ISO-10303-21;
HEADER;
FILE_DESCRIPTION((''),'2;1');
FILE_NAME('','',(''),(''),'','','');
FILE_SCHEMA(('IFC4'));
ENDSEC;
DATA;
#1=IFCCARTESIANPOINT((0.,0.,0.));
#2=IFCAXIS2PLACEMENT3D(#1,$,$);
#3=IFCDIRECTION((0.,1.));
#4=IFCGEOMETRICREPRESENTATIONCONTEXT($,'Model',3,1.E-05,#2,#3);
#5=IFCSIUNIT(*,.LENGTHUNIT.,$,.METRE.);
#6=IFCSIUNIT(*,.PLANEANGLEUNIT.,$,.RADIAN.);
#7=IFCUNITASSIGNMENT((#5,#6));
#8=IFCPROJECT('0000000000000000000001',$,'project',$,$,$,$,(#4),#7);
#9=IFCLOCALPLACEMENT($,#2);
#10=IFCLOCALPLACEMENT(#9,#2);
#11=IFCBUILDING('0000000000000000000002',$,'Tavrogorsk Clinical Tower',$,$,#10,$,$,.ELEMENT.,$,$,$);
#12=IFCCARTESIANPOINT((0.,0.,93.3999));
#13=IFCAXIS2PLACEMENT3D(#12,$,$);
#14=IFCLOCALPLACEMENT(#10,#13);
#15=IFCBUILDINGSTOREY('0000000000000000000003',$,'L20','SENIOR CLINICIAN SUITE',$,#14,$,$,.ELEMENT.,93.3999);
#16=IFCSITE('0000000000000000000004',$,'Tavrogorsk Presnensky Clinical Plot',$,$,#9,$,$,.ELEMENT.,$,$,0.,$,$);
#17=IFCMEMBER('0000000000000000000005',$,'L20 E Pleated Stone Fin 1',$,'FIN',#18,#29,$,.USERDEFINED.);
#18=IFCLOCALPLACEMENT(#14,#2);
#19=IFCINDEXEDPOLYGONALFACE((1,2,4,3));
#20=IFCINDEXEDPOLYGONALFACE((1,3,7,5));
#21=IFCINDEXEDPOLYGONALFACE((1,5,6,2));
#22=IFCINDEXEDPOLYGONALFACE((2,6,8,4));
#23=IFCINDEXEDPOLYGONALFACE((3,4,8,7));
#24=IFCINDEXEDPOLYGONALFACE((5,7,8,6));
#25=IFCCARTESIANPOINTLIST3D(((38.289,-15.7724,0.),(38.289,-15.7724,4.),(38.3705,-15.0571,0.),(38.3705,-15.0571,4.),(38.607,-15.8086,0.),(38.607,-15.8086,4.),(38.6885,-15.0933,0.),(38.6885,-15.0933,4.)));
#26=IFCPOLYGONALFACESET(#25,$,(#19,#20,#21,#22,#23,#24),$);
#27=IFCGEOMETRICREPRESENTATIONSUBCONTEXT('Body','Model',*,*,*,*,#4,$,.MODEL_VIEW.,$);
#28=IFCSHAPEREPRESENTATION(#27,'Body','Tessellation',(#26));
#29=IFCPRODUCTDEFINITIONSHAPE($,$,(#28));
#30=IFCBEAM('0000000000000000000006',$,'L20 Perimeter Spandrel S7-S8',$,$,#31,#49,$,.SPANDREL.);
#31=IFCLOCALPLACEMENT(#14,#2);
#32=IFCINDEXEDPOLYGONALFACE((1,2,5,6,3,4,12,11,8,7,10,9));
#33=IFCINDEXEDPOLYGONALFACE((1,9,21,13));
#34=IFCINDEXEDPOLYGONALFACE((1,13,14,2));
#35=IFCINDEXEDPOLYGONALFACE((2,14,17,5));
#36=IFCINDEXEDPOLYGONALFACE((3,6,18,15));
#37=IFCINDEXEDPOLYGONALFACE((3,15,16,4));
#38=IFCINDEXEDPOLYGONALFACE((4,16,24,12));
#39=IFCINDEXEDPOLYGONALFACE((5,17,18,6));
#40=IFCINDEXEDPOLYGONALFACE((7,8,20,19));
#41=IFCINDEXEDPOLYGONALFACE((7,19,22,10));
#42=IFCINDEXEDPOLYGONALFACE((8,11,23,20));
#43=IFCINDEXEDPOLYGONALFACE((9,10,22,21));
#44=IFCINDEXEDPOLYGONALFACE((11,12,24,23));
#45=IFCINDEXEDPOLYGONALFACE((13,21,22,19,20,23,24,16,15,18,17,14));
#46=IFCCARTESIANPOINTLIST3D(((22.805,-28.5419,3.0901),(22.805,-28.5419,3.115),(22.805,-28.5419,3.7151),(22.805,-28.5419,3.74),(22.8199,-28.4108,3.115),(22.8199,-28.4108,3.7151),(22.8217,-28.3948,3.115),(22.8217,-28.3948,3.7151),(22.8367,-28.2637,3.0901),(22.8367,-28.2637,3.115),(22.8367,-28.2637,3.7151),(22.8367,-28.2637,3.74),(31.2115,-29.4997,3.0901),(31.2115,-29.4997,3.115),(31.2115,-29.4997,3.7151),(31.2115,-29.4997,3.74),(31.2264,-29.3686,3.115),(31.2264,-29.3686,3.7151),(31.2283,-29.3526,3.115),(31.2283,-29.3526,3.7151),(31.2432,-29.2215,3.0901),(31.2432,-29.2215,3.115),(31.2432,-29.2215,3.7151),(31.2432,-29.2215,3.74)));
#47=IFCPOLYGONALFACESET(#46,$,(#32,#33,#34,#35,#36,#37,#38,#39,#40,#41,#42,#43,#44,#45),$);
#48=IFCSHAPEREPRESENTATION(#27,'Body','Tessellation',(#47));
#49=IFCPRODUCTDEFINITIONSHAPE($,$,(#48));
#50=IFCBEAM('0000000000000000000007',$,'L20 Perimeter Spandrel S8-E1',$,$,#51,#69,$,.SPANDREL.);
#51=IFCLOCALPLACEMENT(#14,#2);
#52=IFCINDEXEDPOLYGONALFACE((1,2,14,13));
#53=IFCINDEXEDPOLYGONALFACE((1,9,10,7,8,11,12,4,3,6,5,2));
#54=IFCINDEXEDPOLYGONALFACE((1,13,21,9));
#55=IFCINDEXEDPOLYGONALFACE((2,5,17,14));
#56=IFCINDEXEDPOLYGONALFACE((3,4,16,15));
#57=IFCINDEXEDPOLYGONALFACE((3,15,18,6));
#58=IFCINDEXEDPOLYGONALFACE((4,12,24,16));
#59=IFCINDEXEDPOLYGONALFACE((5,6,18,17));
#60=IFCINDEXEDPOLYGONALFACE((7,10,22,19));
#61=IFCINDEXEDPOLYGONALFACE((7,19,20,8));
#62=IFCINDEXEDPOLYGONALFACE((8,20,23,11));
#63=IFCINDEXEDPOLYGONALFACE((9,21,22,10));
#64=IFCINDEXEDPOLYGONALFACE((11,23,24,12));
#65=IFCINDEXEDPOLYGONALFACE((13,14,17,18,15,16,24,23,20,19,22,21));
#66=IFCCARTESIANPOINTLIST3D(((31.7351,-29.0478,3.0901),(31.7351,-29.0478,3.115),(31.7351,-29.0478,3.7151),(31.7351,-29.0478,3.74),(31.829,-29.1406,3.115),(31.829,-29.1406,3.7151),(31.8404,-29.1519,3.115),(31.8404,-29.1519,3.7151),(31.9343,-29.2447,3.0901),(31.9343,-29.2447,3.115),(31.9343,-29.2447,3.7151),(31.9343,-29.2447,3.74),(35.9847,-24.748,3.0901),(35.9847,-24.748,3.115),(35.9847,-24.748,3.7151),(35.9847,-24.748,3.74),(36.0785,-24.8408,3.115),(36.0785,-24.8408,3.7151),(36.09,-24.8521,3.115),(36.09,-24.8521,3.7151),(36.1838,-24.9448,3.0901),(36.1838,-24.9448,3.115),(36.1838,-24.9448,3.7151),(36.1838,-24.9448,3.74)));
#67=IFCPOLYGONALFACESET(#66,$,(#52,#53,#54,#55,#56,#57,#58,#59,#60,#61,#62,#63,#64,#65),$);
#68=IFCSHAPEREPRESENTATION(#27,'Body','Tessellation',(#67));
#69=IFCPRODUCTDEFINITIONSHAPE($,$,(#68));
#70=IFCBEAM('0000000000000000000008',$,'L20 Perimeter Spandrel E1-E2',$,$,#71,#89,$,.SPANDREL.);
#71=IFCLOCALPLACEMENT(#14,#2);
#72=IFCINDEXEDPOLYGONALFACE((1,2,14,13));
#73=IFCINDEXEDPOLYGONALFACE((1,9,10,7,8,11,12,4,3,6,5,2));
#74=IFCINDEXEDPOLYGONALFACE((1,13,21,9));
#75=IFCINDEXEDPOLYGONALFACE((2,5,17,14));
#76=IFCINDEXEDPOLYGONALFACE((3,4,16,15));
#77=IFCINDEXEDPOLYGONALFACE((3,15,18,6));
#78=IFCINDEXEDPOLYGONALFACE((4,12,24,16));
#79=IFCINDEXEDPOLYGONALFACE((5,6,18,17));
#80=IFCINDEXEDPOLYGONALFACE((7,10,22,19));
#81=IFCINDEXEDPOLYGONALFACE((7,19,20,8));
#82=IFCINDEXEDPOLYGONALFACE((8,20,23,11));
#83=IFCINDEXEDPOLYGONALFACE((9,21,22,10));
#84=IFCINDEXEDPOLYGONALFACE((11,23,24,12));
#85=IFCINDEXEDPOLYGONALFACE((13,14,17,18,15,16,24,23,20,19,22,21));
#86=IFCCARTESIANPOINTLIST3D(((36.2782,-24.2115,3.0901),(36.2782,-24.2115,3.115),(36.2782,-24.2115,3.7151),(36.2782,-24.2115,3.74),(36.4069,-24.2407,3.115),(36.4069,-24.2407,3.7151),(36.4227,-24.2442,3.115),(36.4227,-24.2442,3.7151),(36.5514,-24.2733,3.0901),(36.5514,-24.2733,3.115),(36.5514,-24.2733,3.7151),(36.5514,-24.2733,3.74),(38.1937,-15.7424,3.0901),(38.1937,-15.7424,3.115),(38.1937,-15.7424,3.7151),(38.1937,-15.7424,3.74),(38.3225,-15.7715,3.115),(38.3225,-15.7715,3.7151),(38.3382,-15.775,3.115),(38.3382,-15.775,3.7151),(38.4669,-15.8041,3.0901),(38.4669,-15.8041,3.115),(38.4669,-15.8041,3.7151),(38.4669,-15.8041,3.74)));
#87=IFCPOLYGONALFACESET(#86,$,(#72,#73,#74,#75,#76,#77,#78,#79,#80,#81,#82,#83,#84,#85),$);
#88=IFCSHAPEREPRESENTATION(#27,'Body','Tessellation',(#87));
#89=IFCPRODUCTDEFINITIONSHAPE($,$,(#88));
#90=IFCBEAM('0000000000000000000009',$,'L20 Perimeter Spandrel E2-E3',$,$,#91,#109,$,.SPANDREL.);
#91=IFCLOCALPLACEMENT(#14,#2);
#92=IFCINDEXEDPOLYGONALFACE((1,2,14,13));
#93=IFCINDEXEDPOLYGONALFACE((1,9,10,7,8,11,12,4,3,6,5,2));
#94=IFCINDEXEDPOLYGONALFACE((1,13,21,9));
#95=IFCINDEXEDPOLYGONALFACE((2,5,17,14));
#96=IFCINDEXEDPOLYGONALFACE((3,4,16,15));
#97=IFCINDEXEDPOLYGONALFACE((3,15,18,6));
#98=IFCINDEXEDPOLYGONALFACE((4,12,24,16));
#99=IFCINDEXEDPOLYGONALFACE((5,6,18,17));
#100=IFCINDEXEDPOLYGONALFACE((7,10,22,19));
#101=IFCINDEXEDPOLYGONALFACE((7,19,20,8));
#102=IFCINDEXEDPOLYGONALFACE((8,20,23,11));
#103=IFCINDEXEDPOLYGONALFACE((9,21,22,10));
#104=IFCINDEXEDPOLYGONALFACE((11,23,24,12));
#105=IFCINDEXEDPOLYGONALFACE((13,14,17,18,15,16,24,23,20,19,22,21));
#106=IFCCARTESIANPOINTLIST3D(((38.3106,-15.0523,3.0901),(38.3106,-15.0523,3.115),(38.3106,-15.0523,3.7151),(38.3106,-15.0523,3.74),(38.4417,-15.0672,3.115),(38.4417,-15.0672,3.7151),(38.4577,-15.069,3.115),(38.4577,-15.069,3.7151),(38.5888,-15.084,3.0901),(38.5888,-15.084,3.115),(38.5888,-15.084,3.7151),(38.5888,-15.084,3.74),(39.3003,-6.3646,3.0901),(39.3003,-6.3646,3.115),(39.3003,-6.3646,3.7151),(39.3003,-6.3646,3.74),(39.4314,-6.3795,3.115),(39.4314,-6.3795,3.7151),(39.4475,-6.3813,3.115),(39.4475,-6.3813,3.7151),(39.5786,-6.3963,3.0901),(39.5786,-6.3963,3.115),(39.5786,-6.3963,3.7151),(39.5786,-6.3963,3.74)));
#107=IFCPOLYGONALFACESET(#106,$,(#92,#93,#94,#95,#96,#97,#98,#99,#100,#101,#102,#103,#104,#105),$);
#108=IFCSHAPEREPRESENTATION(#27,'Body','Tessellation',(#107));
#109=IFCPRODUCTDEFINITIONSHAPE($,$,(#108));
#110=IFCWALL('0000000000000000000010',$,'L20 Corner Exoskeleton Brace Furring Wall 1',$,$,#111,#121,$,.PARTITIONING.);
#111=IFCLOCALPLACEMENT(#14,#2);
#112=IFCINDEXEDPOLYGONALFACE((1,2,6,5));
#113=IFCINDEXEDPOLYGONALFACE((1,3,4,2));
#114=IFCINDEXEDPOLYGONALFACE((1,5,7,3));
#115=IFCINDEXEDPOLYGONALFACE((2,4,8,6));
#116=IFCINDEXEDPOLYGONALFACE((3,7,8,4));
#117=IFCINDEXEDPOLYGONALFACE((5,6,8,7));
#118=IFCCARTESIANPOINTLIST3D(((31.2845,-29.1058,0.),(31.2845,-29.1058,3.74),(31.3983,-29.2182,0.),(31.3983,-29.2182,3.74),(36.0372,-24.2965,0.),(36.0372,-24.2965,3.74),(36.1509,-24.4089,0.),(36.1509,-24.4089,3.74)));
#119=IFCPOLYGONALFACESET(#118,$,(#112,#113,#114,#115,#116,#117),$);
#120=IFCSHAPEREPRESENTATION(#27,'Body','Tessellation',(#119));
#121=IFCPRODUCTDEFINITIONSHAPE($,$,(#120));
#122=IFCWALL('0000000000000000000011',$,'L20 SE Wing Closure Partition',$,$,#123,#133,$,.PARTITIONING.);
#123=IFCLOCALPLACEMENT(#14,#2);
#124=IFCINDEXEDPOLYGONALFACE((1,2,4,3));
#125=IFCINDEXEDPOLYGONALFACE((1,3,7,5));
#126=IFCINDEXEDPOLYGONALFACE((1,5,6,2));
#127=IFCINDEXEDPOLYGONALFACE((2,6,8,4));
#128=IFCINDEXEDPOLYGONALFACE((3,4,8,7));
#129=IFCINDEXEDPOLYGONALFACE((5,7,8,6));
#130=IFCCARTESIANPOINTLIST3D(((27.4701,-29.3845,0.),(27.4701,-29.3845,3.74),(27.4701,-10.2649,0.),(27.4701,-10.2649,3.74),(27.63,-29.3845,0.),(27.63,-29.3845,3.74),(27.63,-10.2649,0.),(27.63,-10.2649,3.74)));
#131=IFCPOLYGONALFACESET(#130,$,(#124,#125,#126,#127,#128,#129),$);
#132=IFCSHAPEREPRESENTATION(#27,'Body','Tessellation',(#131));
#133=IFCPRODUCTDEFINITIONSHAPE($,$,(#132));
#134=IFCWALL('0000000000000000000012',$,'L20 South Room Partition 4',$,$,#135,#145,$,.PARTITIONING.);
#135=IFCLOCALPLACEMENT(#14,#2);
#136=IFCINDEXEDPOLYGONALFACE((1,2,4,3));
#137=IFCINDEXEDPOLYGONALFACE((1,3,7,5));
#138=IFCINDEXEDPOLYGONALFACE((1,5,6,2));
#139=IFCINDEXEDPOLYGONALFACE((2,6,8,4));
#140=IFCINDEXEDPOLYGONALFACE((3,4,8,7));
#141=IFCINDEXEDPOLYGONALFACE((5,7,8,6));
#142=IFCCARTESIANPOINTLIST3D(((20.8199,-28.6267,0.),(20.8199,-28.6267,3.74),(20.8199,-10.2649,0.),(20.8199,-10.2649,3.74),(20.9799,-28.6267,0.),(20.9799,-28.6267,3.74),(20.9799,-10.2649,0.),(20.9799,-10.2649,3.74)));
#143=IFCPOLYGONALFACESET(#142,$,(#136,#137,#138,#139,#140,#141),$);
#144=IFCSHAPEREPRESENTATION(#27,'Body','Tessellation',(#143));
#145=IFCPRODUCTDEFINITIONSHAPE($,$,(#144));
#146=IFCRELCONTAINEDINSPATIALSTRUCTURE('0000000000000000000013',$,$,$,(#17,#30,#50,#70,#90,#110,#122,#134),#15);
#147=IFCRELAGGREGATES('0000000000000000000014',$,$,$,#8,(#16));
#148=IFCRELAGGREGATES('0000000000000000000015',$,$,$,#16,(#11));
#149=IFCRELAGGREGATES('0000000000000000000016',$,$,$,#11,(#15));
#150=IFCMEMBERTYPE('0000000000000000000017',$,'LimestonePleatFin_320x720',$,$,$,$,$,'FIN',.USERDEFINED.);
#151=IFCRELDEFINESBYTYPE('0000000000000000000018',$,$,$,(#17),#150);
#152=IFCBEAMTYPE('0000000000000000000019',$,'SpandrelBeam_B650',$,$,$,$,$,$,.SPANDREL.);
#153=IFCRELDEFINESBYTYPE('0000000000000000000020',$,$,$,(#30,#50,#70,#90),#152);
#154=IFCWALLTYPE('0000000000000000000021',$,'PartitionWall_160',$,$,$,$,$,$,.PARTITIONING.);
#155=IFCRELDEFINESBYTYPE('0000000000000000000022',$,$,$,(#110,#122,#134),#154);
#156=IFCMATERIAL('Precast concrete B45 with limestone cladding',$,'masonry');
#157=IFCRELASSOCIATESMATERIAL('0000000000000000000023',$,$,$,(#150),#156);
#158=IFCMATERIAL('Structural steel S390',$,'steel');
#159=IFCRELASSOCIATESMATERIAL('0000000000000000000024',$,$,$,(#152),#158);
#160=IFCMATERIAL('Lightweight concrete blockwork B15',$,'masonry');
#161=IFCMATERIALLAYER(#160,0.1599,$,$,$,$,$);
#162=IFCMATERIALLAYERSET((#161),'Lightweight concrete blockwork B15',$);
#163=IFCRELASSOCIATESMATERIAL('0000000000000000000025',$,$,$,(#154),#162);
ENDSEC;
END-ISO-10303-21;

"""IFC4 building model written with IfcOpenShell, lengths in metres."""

from ifc_helpers import new_model, si_unit, direction, frame, frame_2d, origin, origin_2d, place, context, subcontext, project, spatial, rectangle, i_section, extrude, material, layer, layer_set, material_profile, profile_set, type_object, element, save


model = new_model("IFC4")

# Units and contexts
model_context = context("Model", 3, precision=1e-05, world=origin(), true_north=direction((0.0, 1.0)))
body_context = subcontext(model_context, "Body", "Model", "MODEL_VIEW")
ifc_project = project(units=[si_unit("LENGTHUNIT", "METRE"), si_unit("PLANEANGLEUNIT", "RADIAN")], contexts=[model_context])

# Site, building, storey
site_placement = place(None, origin())
site = spatial("IfcSite", under=ifc_project, at=site_placement, Name="Tavrogorsk Presnensky Clinical Plot", CompositionType="ELEMENT", RefElevation=0.0)
building_placement = place(site_placement, origin())
building = spatial("IfcBuilding", under=site, at=building_placement, Name="Tavrogorsk Clinical Tower", CompositionType="ELEMENT")
storey_placement = place(building_placement, frame((0.0, 0.0, 93.3999)))
storey = spatial("IfcBuildingStorey", under=building, at=storey_placement, Name="L20", Description="SENIOR CLINICIAN SUITE", CompositionType="ELEMENT", Elevation=93.3999)

# Member
ifc_material_1 = material(Name="Precast concrete B45 with limestone cladding", Category="masonry")
ifc_material_profile_1 = material_profile(ifc_material_1, rectangle(XDim=0.3201, YDim=0.72, at=origin_2d()), Name="LIMESTONE-FIN-320x720")
ifc_profile_set_1 = profile_set([ifc_material_profile_1], Name="Precast concrete B45 with limestone cladding")
member_type_1 = type_object("IfcMemberType", Name="LimestonePleatFin_320x720", ElementType="FIN", PredefinedType="USERDEFINED", material=ifc_profile_set_1)
member_1_placement = place(storey_placement, frame((38.4888, -15.4329, 0.0), z_axis=(0.0, 0.0, 1.0), x_axis=(0.993572, -0.113203, 0.0)))
element("IfcMember", 1, at=member_1_placement, inside=storey, type_object=member_type_1, Name="L20 E Pleated Stone Fin 1", ObjectType="FIN", PredefinedType="USERDEFINED", context=body_context, shape_type="SweptSolid", body=[
    extrude(rectangle(XDim=0.3201, YDim=0.72, at=origin_2d()), origin(), (0.0, 0.0, 1.0), 4.0),
])

# Beams
ifc_material_2 = material(Name="Structural steel S390", Category="steel")
ifc_material_profile_2 = material_profile(ifc_material_2, i_section(OverallWidth=0.28, OverallDepth=0.6499, WebThickness=0.0161, FlangeThickness=0.0249, at=origin_2d()), Name="B-650x280x16x25")
ifc_profile_set_2 = profile_set([ifc_material_profile_2], Name="Structural steel S390")
beam_type_1 = type_object("IfcBeamType", Name="SpandrelBeam_B650", PredefinedType="SPANDREL", material=ifc_profile_set_2)
beam_1_placement = place(storey_placement, frame((22.8208, -28.4028, 3.415), z_axis=(0.993572, -0.113199, 0.0), x_axis=(0.113199, 0.993572, 0.0)))
element("IfcBeam", 2, at=beam_1_placement, inside=storey, type_object=beam_type_1, Name="L20 Perimeter Spandrel S7-S8", PredefinedType="SPANDREL", context=body_context, shape_type="SweptSolid", body=[
    extrude(i_section(OverallWidth=0.28, OverallDepth=0.6499, WebThickness=0.0161, FlangeThickness=0.0249, at=origin_2d()), origin(), (0.0, 0.0, 1.0), 8.4609),
])
beam_2_placement = place(storey_placement, frame((31.8347, -29.1462, 3.415), z_axis=(0.702935, 0.711254, 0.0), x_axis=(-0.711254, 0.702935, 0.0)))
element("IfcBeam", 3, at=beam_2_placement, inside=storey, type_object=beam_type_1, Name="L20 Perimeter Spandrel S8-E1", PredefinedType="SPANDREL", context=body_context, shape_type="SweptSolid", body=[
    extrude(i_section(OverallWidth=0.28, OverallDepth=0.6499, WebThickness=0.0161, FlangeThickness=0.0249, at=origin_2d()), origin(), (0.0, 0.0, 1.0), 6.0454),
])
beam_3_placement = place(storey_placement, frame((36.4148, -24.2424, 3.415), z_axis=(0.220603, 0.975364, 0.0), x_axis=(-0.975364, 0.220603, 0.0)))
element("IfcBeam", 4, at=beam_3_placement, inside=storey, type_object=beam_type_1, Name="L20 Perimeter Spandrel E1-E2", PredefinedType="SPANDREL", context=body_context, shape_type="SweptSolid", body=[
    extrude(i_section(OverallWidth=0.28, OverallDepth=0.6499, WebThickness=0.0161, FlangeThickness=0.0249, at=origin_2d()), origin(), (0.0, 0.0, 1.0), 8.6831),
])
beam_4_placement = place(storey_placement, frame((38.4497, -15.0681, 3.415), z_axis=(0.113192, 0.993573, 0.0), x_axis=(-0.993573, 0.113192, 0.0)))
element("IfcBeam", 5, at=beam_4_placement, inside=storey, type_object=beam_type_1, Name="L20 Perimeter Spandrel E2-E3", PredefinedType="SPANDREL", context=body_context, shape_type="SweptSolid", body=[
    extrude(i_section(OverallWidth=0.28, OverallDepth=0.6499, WebThickness=0.0161, FlangeThickness=0.0249, at=origin_2d()), origin(), (0.0, 0.0, 1.0), 8.7439),
])

# Walls
ifc_material_3 = material(Name="Lightweight concrete blockwork B15", Category="masonry")
ifc_layer_1 = layer(ifc_material_3, 0.1599)
ifc_layer_set_1 = layer_set([ifc_layer_1], Name="Lightweight concrete blockwork B15")
wall_type_1 = type_object("IfcWallType", Name="PartitionWall_160", PredefinedType="PARTITIONING", material=ifc_layer_set_1)
wall_1_placement = place(storey_placement, frame((31.3413, -29.1621, 0.0), z_axis=(0.0, 0.0, 1.0), x_axis=(0.702906, 0.711283, 0.0)))
element("IfcWall", 6, at=wall_1_placement, inside=storey, type_object=wall_type_1, Name="L20 Corner Exoskeleton Brace Furring Wall 1", PredefinedType="PARTITIONING", context=body_context, shape_type="SweptSolid", body=[
    extrude(rectangle(XDim=6.7615, YDim=0.1599, at=frame_2d((3.3809, 0.0))), origin(), (0.0, 0.0, 1.0), 3.74),
])
wall_2_placement = place(storey_placement, frame((27.55, -29.3845, 0.0), z_axis=(0.0, 0.0, 1.0), x_axis=(0.0, 1.0, 0.0)))
element("IfcWall", 7, at=wall_2_placement, inside=storey, type_object=wall_type_1, Name="L20 SE Wing Closure Partition", PredefinedType="PARTITIONING", context=body_context, shape_type="SweptSolid", body=[
    extrude(rectangle(XDim=19.1196, YDim=0.1599, at=frame_2d((9.5598, 0.0))), origin(), (0.0, 0.0, 1.0), 3.74),
])
wall_3_placement = place(storey_placement, frame((20.8999, -28.6267, 0.0), z_axis=(0.0, 0.0, 1.0), x_axis=(0.0, 1.0, 0.0)))
element("IfcWall", 8, at=wall_3_placement, inside=storey, type_object=wall_type_1, Name="L20 South Room Partition 4", PredefinedType="PARTITIONING", context=body_context, shape_type="SweptSolid", body=[
    extrude(rectangle(XDim=18.3618, YDim=0.1599, at=frame_2d((9.1809, 0.0))), origin(), (0.0, 0.0, 1.0), 3.74),
])

save(model, "model.ifc")
